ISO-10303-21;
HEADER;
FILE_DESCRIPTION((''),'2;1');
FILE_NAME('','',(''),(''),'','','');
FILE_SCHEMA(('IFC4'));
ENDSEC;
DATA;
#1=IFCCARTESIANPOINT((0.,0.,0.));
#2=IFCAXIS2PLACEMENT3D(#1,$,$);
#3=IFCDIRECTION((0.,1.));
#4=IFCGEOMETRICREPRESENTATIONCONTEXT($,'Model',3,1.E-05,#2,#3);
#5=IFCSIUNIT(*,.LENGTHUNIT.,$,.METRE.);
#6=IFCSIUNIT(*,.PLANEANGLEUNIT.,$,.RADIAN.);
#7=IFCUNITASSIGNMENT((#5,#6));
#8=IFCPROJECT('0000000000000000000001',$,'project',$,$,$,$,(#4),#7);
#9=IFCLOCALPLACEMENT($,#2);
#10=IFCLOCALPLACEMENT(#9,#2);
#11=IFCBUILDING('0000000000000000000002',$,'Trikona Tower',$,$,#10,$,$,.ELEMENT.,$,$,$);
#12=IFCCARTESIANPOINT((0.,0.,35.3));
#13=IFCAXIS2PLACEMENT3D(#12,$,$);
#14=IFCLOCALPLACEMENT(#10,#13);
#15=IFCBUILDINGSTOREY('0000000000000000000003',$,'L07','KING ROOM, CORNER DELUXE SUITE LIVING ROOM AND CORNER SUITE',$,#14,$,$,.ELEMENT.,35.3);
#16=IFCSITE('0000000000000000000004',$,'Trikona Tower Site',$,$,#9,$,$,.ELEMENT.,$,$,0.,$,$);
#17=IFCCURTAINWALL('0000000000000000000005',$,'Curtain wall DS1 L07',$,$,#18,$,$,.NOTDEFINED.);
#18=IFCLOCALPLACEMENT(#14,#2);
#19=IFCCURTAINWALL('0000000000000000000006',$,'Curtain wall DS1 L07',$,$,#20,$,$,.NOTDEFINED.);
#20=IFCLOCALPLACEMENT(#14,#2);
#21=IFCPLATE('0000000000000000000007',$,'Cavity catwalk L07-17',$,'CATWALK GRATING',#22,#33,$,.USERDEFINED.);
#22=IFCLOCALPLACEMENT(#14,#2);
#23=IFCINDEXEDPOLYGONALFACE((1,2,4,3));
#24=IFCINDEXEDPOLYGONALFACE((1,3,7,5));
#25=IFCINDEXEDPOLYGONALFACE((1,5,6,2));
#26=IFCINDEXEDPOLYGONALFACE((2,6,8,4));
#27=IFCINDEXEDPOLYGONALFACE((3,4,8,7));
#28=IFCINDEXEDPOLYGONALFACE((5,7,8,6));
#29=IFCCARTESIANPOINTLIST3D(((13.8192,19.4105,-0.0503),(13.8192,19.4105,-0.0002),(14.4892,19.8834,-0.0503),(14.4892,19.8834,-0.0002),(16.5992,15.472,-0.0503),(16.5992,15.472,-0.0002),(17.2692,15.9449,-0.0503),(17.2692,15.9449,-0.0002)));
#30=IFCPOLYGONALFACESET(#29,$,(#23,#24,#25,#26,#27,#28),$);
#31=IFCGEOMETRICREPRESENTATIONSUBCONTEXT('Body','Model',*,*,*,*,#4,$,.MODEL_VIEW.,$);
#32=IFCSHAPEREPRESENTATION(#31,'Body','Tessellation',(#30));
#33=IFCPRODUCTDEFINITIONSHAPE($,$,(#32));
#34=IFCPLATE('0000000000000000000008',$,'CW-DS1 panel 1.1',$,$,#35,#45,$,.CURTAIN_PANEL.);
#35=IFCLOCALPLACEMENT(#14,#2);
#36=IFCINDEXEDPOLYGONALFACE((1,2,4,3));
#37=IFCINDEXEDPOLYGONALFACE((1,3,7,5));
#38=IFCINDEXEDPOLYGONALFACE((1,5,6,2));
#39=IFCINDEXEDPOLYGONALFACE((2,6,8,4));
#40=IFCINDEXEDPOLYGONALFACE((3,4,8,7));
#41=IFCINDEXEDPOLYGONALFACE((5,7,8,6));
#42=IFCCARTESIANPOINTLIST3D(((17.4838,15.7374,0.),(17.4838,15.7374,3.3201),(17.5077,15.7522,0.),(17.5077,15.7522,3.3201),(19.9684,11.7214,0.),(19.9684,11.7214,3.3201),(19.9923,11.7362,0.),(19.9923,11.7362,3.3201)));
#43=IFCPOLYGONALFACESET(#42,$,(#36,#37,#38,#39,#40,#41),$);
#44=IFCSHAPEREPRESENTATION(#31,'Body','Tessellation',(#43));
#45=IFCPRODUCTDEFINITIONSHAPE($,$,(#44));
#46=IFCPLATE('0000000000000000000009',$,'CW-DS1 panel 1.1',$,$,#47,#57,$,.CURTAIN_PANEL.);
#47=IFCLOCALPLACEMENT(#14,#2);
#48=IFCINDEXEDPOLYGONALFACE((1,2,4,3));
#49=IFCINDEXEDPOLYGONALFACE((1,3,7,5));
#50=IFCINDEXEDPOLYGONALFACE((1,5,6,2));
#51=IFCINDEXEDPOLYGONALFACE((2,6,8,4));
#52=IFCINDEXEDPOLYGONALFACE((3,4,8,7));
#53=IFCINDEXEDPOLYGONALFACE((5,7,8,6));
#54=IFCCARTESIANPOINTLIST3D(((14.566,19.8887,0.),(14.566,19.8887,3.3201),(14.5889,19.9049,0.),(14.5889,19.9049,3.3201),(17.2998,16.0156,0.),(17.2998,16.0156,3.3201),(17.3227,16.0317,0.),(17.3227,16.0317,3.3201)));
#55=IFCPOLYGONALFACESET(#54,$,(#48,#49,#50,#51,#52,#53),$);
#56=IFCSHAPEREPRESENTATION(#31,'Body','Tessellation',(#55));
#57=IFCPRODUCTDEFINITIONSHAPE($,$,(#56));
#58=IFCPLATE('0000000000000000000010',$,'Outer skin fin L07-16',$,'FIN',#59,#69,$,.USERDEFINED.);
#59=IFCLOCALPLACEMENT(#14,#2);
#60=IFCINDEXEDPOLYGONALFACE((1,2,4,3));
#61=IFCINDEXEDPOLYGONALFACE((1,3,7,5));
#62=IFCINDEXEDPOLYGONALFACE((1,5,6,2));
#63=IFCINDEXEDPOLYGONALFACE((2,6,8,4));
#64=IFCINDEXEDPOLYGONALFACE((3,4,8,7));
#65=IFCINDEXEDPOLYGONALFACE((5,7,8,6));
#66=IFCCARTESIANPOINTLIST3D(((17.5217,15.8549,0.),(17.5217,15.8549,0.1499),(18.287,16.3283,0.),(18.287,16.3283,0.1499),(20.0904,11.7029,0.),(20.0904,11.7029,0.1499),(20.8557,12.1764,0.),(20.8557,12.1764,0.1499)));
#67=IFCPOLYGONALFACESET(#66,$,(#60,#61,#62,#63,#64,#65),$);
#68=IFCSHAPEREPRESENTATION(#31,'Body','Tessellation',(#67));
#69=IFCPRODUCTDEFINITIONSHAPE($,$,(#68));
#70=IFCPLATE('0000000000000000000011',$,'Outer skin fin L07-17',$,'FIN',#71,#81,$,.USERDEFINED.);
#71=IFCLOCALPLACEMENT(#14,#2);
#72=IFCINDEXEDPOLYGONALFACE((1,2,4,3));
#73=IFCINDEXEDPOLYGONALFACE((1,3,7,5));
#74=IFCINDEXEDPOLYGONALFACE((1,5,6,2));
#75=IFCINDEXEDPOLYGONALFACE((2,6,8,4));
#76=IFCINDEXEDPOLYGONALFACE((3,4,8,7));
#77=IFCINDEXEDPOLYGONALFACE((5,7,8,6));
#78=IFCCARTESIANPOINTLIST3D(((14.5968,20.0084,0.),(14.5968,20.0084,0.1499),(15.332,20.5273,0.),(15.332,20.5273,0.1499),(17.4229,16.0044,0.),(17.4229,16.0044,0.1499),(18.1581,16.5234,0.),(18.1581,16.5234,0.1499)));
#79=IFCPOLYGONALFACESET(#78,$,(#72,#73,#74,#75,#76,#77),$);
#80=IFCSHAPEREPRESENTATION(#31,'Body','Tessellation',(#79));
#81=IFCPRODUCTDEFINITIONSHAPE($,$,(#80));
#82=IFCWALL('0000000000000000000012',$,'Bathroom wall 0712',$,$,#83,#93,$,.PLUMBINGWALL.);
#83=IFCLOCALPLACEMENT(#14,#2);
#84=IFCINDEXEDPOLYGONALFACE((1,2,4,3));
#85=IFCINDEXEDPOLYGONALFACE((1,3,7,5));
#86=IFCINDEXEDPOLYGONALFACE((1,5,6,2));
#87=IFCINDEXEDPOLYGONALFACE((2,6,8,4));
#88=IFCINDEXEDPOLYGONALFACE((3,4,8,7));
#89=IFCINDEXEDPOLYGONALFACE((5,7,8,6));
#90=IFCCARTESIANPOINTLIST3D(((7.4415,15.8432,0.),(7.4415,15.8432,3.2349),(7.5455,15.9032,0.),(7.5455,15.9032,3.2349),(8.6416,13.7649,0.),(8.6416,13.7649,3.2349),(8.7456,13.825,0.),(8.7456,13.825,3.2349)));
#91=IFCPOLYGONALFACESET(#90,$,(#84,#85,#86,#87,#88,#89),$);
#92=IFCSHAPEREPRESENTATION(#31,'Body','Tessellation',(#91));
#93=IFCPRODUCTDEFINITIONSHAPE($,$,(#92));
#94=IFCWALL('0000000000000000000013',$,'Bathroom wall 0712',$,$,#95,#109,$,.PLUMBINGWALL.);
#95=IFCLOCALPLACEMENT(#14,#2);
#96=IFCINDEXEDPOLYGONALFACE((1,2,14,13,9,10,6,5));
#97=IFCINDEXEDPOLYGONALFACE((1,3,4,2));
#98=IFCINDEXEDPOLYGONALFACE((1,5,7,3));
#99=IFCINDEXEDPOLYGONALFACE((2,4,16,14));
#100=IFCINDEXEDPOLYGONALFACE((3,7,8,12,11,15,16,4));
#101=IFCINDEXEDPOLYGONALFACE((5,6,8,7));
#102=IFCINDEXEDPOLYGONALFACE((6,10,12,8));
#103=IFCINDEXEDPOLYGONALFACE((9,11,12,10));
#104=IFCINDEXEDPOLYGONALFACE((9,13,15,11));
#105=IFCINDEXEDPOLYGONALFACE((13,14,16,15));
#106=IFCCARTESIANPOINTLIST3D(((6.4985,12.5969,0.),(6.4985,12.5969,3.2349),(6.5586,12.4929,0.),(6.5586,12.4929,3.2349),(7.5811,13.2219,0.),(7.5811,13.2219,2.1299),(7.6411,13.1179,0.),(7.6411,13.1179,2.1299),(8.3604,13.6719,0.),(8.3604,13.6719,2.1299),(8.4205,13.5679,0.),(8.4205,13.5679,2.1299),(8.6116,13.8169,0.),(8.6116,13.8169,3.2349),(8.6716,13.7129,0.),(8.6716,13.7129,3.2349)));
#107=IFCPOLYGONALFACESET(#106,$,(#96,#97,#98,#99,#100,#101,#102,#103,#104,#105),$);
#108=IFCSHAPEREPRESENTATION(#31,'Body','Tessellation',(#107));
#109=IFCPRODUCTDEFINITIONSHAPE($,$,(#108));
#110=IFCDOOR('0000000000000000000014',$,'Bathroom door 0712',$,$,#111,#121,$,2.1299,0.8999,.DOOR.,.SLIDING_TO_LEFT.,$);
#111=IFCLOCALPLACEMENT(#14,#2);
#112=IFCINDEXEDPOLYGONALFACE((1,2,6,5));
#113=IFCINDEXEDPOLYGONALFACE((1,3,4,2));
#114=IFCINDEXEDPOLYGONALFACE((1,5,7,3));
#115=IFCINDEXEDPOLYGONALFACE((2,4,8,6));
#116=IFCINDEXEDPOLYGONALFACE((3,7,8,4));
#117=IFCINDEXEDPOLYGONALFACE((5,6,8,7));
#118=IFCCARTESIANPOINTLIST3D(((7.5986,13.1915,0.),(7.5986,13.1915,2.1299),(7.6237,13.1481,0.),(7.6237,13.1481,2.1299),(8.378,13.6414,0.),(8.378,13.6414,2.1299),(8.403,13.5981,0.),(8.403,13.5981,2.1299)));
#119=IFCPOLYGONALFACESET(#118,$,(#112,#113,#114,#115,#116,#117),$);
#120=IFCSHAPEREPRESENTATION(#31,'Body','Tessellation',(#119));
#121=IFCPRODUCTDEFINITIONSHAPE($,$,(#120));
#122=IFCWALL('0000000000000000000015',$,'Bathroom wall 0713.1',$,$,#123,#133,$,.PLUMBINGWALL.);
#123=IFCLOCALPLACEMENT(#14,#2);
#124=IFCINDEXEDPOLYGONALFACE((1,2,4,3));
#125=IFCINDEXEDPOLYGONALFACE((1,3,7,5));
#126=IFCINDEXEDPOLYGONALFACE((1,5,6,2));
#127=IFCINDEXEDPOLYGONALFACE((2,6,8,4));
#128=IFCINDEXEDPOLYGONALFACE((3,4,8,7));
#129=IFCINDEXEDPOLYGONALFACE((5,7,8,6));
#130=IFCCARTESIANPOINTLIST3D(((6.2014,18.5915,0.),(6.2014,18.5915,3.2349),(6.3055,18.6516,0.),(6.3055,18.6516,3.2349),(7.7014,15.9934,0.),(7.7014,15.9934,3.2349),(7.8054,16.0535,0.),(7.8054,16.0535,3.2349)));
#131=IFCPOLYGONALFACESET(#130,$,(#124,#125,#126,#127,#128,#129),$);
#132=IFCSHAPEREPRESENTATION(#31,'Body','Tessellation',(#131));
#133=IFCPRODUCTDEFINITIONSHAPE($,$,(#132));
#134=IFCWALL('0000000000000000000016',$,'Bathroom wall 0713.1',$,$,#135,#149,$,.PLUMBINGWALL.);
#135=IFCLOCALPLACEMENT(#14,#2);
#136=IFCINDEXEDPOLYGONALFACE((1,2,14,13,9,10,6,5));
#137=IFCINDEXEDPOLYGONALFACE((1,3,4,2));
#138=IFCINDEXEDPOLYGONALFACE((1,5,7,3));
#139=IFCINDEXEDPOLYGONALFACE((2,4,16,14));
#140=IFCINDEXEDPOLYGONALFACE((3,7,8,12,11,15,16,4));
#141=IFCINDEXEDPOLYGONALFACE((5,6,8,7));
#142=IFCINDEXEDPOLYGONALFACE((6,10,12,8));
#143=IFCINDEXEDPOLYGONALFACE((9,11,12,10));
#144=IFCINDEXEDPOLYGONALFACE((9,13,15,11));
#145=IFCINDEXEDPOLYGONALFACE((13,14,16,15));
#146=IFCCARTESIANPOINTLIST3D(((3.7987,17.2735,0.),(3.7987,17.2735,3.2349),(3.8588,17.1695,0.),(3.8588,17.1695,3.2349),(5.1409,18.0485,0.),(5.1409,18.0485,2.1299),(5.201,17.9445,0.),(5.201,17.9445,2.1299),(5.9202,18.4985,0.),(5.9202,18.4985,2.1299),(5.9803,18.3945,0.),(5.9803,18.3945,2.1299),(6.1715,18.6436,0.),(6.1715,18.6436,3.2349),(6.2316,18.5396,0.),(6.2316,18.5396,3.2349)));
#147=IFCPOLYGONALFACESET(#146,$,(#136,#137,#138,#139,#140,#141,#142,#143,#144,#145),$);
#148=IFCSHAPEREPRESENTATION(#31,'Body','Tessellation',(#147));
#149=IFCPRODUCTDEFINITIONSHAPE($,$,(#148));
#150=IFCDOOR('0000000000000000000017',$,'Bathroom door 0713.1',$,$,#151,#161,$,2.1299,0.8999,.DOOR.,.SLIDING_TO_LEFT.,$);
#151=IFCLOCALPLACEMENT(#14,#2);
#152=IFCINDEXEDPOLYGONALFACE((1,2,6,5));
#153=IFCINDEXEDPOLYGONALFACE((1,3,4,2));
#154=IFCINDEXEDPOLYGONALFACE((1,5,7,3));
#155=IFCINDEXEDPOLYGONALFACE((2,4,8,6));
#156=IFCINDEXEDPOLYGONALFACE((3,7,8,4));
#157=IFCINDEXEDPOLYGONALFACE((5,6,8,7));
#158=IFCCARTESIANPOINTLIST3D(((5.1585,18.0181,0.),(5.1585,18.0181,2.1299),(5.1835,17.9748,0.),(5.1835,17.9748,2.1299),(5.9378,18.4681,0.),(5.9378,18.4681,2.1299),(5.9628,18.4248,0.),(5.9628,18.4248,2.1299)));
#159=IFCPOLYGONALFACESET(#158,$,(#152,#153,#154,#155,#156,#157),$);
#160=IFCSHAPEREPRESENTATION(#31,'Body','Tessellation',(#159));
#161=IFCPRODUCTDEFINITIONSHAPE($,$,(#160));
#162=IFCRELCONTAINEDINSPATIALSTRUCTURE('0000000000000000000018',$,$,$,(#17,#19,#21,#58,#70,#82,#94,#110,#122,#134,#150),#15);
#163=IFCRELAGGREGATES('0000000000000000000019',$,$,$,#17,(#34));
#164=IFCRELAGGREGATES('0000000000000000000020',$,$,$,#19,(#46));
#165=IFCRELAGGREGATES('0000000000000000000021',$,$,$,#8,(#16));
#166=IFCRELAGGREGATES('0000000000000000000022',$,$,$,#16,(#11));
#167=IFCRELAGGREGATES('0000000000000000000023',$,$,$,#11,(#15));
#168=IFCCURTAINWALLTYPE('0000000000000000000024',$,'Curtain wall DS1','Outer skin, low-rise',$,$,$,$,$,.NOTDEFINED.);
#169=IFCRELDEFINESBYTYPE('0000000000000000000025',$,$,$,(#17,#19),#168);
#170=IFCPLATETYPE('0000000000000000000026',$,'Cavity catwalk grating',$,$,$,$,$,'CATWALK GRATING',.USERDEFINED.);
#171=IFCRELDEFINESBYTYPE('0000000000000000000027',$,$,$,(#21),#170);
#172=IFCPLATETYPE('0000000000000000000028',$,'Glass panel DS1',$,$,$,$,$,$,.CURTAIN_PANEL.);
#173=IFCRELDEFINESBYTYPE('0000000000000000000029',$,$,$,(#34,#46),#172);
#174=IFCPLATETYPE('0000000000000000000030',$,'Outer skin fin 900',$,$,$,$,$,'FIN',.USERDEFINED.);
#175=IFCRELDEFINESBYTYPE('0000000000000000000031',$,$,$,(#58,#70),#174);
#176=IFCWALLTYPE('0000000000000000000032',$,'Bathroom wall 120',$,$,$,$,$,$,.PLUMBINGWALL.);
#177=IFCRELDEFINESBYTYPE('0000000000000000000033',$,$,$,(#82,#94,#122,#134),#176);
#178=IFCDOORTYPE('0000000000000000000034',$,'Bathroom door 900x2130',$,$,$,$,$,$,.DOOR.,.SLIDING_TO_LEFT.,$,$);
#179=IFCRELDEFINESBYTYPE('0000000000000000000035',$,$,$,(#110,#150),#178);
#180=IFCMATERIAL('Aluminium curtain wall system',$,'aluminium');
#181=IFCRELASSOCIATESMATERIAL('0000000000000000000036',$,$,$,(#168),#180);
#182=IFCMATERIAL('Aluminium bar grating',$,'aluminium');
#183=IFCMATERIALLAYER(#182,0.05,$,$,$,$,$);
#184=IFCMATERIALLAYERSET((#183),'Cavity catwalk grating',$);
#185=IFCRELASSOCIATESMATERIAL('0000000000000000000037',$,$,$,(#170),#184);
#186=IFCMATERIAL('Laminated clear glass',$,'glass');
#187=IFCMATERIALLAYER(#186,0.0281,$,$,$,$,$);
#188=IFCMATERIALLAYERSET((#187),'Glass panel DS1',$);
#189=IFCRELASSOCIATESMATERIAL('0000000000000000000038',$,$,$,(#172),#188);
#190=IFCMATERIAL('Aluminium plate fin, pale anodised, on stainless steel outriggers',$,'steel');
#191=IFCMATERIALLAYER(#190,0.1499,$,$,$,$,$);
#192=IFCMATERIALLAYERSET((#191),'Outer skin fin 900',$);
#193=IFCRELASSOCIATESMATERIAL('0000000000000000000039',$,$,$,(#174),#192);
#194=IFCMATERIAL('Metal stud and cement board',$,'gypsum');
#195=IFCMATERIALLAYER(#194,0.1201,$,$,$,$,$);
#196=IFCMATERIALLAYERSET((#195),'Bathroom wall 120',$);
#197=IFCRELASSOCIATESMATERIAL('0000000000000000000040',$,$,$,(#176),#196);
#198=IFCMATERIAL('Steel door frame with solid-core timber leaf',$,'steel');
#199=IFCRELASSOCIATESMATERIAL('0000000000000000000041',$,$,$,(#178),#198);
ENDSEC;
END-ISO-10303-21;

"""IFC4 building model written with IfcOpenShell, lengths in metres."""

from ifc_helpers import new_model, si_unit, direction, frame, frame_2d, origin, origin_2d, place, context, subcontext, project, spatial, rectangle, extrude, material, layer, layer_set, type_object, element, fill, aggregate, save


model = new_model("IFC4")

# Units and contexts
model_context = context("Model", 3, precision=1e-05, world=origin(), true_north=direction((0.0, 1.0)))
body_context = subcontext(model_context, "Body", "Model", "MODEL_VIEW")
ifc_project = project(units=[si_unit("LENGTHUNIT", "METRE"), si_unit("PLANEANGLEUNIT", "RADIAN")], contexts=[model_context])

# Site, building, storey
site_placement = place(None, origin())
site = spatial("IfcSite", under=ifc_project, at=site_placement, Name="Trikona Tower Site", CompositionType="ELEMENT", RefElevation=0.0)
building_placement = place(site_placement, origin())
building = spatial("IfcBuilding", under=site, at=building_placement, Name="Trikona Tower", CompositionType="ELEMENT")
storey_placement = place(building_placement, frame((0.0, 0.0, 35.3)))
storey = spatial("IfcBuildingStorey", under=building, at=storey_placement, Name="L07", Description="KING ROOM, CORNER DELUXE SUITE LIVING ROOM AND CORNER SUITE", CompositionType="ELEMENT", Elevation=35.3)

# Shared definitions
ifc_material_1 = material(Name="Aluminium curtain wall system", Category="aluminium")
curtain_wall_type = type_object("IfcCurtainWallType", Name="Curtain wall DS1", Description="Outer skin, low-rise", PredefinedType="NOTDEFINED", material=ifc_material_1)

# Curtain wall
curtain_wall_1_placement = place(storey_placement, origin())
curtain_wall_1 = element("IfcCurtainWall", 1, at=curtain_wall_1_placement, inside=storey, type_object=curtain_wall_type, Name="Curtain wall DS1 L07", PredefinedType="NOTDEFINED")

# Curtain wall
curtain_wall_2_placement = place(storey_placement, origin())
curtain_wall_2 = element("IfcCurtainWall", 2, at=curtain_wall_2_placement, inside=storey, type_object=curtain_wall_type, Name="Curtain wall DS1 L07", PredefinedType="NOTDEFINED")

# Plate
ifc_material_2 = material(Name="Aluminium bar grating", Category="aluminium")
ifc_layer_1 = layer(ifc_material_2, 0.05)
ifc_layer_set_1 = layer_set([ifc_layer_1], Name="Cavity catwalk grating")
plate_type_1 = type_object("IfcPlateType", Name="Cavity catwalk grating", ElementType="CATWALK GRATING", PredefinedType="USERDEFINED", material=ifc_layer_set_1)
plate_1_placement = place(storey_placement, frame((15.5442, 17.6777, -0.0503), z_axis=(0.0, 0.0, 1.0), x_axis=(-0.576662, 0.816983, 0.0)))
element("IfcPlate", 3, at=plate_1_placement, inside=storey, type_object=plate_type_1, Name="Cavity catwalk L07-17", ObjectType="CATWALK GRATING", PredefinedType="USERDEFINED", context=body_context, shape_type="SweptSolid", body=[
    extrude(rectangle(XDim=4.8208, YDim=0.8201, at=origin_2d()), origin(), (0.0, 0.0, 1.0), 0.05),
])

# Plates
ifc_material_3 = material(Name="Laminated clear glass", Category="glass")
ifc_layer_2 = layer(ifc_material_3, 0.0281)
ifc_layer_set_2 = layer_set([ifc_layer_2], Name="Glass panel DS1")
plate_type_2 = type_object("IfcPlateType", Name="Glass panel DS1", PredefinedType="CURTAIN_PANEL", material=ifc_layer_set_2)
plate_2_placement = place(storey_placement, frame((18.738, 13.7368, 0.0), z_axis=(0.0, 0.0, 1.0), x_axis=(-0.52612, 0.85041, 0.0)))
plate_2 = element("IfcPlate", 4, at=plate_2_placement, type_object=plate_type_2, Name="CW-DS1 panel 1.1", PredefinedType="CURTAIN_PANEL", context=body_context, shape_type="SweptSolid", body=[
    extrude(rectangle(XDim=4.7224, YDim=0.0281, at=origin_2d()), origin(), (0.0, 0.0, 1.0), 3.3201),
])
aggregate(curtain_wall_1, [plate_2])
plate_3_placement = place(storey_placement, frame((15.9443, 17.9602, 0.0), z_axis=(0.0, 0.0, 1.0), x_axis=(-0.576658, 0.816985, 0.0)))
plate_3 = element("IfcPlate", 5, at=plate_3_placement, type_object=plate_type_2, Name="CW-DS1 panel 1.1", PredefinedType="CURTAIN_PANEL", context=body_context, shape_type="SweptSolid", body=[
    extrude(rectangle(XDim=4.7407, YDim=0.0281, at=origin_2d()), origin(), (0.0, 0.0, 1.0), 3.3201),
])
aggregate(curtain_wall_2, [plate_3])

# Plates
ifc_material_4 = material(Name="Aluminium plate fin, pale anodised, on stainless steel outriggers", Category="steel")
ifc_layer_3 = layer(ifc_material_4, 0.1499)
ifc_layer_set_3 = layer_set([ifc_layer_3], Name="Outer skin fin 900")
plate_type_3 = type_object("IfcPlateType", Name="Outer skin fin 900", ElementType="FIN", PredefinedType="USERDEFINED", material=ifc_layer_set_3)
plate_4_placement = place(storey_placement, frame((19.1887, 14.0156, 0.0), z_axis=(0.0, 0.0, 1.0), x_axis=(-0.526119, 0.850411, 0.0)))
element("IfcPlate", 6, at=plate_4_placement, inside=storey, type_object=plate_type_3, Name="Outer skin fin L07-16", ObjectType="FIN", PredefinedType="USERDEFINED", context=body_context, shape_type="SweptSolid", body=[
    extrude(rectangle(XDim=4.8823, YDim=0.8999, at=origin_2d()), origin(), (0.0, 0.0, 1.0), 0.1499),
])
plate_5_placement = place(storey_placement, frame((16.3774, 18.2659, 0.0), z_axis=(0.0, 0.0, 1.0), x_axis=(-0.576662, 0.816983, 0.0)))
element("IfcPlate", 7, at=plate_5_placement, inside=storey, type_object=plate_type_3, Name="Outer skin fin L07-17", ObjectType="FIN", PredefinedType="USERDEFINED", context=body_context, shape_type="SweptSolid", body=[
    extrude(rectangle(XDim=4.9009, YDim=0.8999, at=origin_2d()), origin(), (0.0, 0.0, 1.0), 0.1499),
])

# Wall
ifc_material_5 = material(Name="Metal stud and cement board", Category="gypsum")
ifc_layer_4 = layer(ifc_material_5, 0.1201)
ifc_layer_set_4 = layer_set([ifc_layer_4], Name="Bathroom wall 120")
wall_type_1 = type_object("IfcWallType", Name="Bathroom wall 120", PredefinedType="PLUMBINGWALL", material=ifc_layer_set_4)
wall_1_placement = place(storey_placement, frame((8.6936, 13.7949, 0.0), z_axis=(0.0, 0.0, 1.0), x_axis=(-0.500078, 0.865981, 0.0)))
element("IfcWall", 8, at=wall_1_placement, inside=storey, type_object=wall_type_1, Name="Bathroom wall 0712", PredefinedType="PLUMBINGWALL", context=body_context, shape_type="SweptSolid", body=[
    extrude(rectangle(XDim=2.3999, YDim=0.1201, at=frame_2d((1.2, 0.0))), origin(), (0.0, 0.0, 1.0), 3.2349),
])

# Wall, opening, door
wall_2_placement = place(storey_placement, frame((6.5286, 12.5449, 0.0), z_axis=(0.0, 0.0, 1.0), x_axis=(0.866024, 0.500003, 0.0)))
wall_2 = element("IfcWall", 9, at=wall_2_placement, inside=storey, type_object=wall_type_1, Name="Bathroom wall 0712", PredefinedType="PLUMBINGWALL", context=body_context, shape_type="SweptSolid", body=[
    extrude(rectangle(XDim=2.4399, YDim=0.1201, at=frame_2d((1.22, 0.0))), origin(), (0.0, 0.0, 1.0), 3.2349),
])
opening_1_placement = place(wall_2_placement, frame((1.25, 0.0, 0.0)))
opening_1 = element("IfcOpeningElement", 10, at=opening_1_placement, cuts=wall_2, PredefinedType="OPENING", context=body_context, shape_type="SweptSolid", body=[
    extrude(rectangle(XDim=0.8999, YDim=2.1299, at=frame_2d((0.45, 1.0649))), frame((0.0, 0.0701, 0.0), z_axis=(0.0, -1.0, 0.0), x_axis=(1.0, 0.0, 0.0)), (0.0, 0.0, 1.0), 0.1401),
])
ifc_material_6 = material(Name="Steel door frame with solid-core timber leaf", Category="steel")
door_type_1 = type_object("IfcDoorType", Name="Bathroom door 900x2130", OperationType="SLIDING_TO_LEFT", PredefinedType="DOOR", material=ifc_material_6)
door_1_placement = place(opening_1_placement, origin())
door_1 = element("IfcDoor", 11, at=door_1_placement, inside=storey, type_object=door_type_1, Name="Bathroom door 0712", OperationType="SLIDING_TO_LEFT", OverallHeight=2.1299, OverallWidth=0.8999, PredefinedType="DOOR", context=body_context, shape_type="SweptSolid", body=[
    extrude(rectangle(XDim=0.8999, YDim=2.1299, at=frame_2d((0.45, 1.0649))), frame((0.0, 0.0249, 0.0), z_axis=(0.0, -1.0, 0.0), x_axis=(1.0, 0.0, 0.0)), (0.0, 0.0, 1.0), 0.05),
])
fill(opening_1, door_1)

# Wall
wall_3_placement = place(storey_placement, frame((7.7534, 16.0234, 0.0), z_axis=(0.0, 0.0, 1.0), x_axis=(-0.49999, 0.866031, 0.0)))
element("IfcWall", 12, at=wall_3_placement, inside=storey, type_object=wall_type_1, Name="Bathroom wall 0713.1", PredefinedType="PLUMBINGWALL", context=body_context, shape_type="SweptSolid", body=[
    extrude(rectangle(XDim=3.0, YDim=0.1201, at=frame_2d((1.5, 0.0))), origin(), (0.0, 0.0, 1.0), 3.2349),
])

# Wall, opening, door
wall_4_placement = place(storey_placement, frame((3.8286, 17.2214, 0.0), z_axis=(0.0, 0.0, 1.0), x_axis=(0.865997, 0.500049, 0.0)))
wall_4 = element("IfcWall", 13, at=wall_4_placement, inside=storey, type_object=wall_type_1, Name="Bathroom wall 0713.1", PredefinedType="PLUMBINGWALL", context=body_context, shape_type="SweptSolid", body=[
    extrude(rectangle(XDim=2.74, YDim=0.1201, at=frame_2d((1.3701, 0.0))), origin(), (0.0, 0.0, 1.0), 3.2349),
])
opening_2_placement = place(wall_4_placement, frame((1.55, 0.0, 0.0)))
opening_2 = element("IfcOpeningElement", 14, at=opening_2_placement, cuts=wall_4, PredefinedType="OPENING", context=body_context, shape_type="SweptSolid", body=[
    extrude(rectangle(XDim=0.8999, YDim=2.1299, at=frame_2d((0.45, 1.0649))), frame((0.0, 0.0701, 0.0), z_axis=(0.0, -1.0, 0.0), x_axis=(1.0, 0.0, 0.0)), (0.0, 0.0, 1.0), 0.1401),
])
door_2_placement = place(opening_2_placement, origin())
door_2 = element("IfcDoor", 15, at=door_2_placement, inside=storey, type_object=door_type_1, Name="Bathroom door 0713.1", OperationType="SLIDING_TO_LEFT", OverallHeight=2.1299, OverallWidth=0.8999, PredefinedType="DOOR", context=body_context, shape_type="SweptSolid", body=[
    extrude(rectangle(XDim=0.8999, YDim=2.1299, at=frame_2d((0.45, 1.0649))), frame((0.0, 0.0249, 0.0), z_axis=(0.0, -1.0, 0.0), x_axis=(1.0, 0.0, 0.0)), (0.0, 0.0, 1.0), 0.05),
])
fill(opening_2, door_2)

save(model, "model.ifc")
